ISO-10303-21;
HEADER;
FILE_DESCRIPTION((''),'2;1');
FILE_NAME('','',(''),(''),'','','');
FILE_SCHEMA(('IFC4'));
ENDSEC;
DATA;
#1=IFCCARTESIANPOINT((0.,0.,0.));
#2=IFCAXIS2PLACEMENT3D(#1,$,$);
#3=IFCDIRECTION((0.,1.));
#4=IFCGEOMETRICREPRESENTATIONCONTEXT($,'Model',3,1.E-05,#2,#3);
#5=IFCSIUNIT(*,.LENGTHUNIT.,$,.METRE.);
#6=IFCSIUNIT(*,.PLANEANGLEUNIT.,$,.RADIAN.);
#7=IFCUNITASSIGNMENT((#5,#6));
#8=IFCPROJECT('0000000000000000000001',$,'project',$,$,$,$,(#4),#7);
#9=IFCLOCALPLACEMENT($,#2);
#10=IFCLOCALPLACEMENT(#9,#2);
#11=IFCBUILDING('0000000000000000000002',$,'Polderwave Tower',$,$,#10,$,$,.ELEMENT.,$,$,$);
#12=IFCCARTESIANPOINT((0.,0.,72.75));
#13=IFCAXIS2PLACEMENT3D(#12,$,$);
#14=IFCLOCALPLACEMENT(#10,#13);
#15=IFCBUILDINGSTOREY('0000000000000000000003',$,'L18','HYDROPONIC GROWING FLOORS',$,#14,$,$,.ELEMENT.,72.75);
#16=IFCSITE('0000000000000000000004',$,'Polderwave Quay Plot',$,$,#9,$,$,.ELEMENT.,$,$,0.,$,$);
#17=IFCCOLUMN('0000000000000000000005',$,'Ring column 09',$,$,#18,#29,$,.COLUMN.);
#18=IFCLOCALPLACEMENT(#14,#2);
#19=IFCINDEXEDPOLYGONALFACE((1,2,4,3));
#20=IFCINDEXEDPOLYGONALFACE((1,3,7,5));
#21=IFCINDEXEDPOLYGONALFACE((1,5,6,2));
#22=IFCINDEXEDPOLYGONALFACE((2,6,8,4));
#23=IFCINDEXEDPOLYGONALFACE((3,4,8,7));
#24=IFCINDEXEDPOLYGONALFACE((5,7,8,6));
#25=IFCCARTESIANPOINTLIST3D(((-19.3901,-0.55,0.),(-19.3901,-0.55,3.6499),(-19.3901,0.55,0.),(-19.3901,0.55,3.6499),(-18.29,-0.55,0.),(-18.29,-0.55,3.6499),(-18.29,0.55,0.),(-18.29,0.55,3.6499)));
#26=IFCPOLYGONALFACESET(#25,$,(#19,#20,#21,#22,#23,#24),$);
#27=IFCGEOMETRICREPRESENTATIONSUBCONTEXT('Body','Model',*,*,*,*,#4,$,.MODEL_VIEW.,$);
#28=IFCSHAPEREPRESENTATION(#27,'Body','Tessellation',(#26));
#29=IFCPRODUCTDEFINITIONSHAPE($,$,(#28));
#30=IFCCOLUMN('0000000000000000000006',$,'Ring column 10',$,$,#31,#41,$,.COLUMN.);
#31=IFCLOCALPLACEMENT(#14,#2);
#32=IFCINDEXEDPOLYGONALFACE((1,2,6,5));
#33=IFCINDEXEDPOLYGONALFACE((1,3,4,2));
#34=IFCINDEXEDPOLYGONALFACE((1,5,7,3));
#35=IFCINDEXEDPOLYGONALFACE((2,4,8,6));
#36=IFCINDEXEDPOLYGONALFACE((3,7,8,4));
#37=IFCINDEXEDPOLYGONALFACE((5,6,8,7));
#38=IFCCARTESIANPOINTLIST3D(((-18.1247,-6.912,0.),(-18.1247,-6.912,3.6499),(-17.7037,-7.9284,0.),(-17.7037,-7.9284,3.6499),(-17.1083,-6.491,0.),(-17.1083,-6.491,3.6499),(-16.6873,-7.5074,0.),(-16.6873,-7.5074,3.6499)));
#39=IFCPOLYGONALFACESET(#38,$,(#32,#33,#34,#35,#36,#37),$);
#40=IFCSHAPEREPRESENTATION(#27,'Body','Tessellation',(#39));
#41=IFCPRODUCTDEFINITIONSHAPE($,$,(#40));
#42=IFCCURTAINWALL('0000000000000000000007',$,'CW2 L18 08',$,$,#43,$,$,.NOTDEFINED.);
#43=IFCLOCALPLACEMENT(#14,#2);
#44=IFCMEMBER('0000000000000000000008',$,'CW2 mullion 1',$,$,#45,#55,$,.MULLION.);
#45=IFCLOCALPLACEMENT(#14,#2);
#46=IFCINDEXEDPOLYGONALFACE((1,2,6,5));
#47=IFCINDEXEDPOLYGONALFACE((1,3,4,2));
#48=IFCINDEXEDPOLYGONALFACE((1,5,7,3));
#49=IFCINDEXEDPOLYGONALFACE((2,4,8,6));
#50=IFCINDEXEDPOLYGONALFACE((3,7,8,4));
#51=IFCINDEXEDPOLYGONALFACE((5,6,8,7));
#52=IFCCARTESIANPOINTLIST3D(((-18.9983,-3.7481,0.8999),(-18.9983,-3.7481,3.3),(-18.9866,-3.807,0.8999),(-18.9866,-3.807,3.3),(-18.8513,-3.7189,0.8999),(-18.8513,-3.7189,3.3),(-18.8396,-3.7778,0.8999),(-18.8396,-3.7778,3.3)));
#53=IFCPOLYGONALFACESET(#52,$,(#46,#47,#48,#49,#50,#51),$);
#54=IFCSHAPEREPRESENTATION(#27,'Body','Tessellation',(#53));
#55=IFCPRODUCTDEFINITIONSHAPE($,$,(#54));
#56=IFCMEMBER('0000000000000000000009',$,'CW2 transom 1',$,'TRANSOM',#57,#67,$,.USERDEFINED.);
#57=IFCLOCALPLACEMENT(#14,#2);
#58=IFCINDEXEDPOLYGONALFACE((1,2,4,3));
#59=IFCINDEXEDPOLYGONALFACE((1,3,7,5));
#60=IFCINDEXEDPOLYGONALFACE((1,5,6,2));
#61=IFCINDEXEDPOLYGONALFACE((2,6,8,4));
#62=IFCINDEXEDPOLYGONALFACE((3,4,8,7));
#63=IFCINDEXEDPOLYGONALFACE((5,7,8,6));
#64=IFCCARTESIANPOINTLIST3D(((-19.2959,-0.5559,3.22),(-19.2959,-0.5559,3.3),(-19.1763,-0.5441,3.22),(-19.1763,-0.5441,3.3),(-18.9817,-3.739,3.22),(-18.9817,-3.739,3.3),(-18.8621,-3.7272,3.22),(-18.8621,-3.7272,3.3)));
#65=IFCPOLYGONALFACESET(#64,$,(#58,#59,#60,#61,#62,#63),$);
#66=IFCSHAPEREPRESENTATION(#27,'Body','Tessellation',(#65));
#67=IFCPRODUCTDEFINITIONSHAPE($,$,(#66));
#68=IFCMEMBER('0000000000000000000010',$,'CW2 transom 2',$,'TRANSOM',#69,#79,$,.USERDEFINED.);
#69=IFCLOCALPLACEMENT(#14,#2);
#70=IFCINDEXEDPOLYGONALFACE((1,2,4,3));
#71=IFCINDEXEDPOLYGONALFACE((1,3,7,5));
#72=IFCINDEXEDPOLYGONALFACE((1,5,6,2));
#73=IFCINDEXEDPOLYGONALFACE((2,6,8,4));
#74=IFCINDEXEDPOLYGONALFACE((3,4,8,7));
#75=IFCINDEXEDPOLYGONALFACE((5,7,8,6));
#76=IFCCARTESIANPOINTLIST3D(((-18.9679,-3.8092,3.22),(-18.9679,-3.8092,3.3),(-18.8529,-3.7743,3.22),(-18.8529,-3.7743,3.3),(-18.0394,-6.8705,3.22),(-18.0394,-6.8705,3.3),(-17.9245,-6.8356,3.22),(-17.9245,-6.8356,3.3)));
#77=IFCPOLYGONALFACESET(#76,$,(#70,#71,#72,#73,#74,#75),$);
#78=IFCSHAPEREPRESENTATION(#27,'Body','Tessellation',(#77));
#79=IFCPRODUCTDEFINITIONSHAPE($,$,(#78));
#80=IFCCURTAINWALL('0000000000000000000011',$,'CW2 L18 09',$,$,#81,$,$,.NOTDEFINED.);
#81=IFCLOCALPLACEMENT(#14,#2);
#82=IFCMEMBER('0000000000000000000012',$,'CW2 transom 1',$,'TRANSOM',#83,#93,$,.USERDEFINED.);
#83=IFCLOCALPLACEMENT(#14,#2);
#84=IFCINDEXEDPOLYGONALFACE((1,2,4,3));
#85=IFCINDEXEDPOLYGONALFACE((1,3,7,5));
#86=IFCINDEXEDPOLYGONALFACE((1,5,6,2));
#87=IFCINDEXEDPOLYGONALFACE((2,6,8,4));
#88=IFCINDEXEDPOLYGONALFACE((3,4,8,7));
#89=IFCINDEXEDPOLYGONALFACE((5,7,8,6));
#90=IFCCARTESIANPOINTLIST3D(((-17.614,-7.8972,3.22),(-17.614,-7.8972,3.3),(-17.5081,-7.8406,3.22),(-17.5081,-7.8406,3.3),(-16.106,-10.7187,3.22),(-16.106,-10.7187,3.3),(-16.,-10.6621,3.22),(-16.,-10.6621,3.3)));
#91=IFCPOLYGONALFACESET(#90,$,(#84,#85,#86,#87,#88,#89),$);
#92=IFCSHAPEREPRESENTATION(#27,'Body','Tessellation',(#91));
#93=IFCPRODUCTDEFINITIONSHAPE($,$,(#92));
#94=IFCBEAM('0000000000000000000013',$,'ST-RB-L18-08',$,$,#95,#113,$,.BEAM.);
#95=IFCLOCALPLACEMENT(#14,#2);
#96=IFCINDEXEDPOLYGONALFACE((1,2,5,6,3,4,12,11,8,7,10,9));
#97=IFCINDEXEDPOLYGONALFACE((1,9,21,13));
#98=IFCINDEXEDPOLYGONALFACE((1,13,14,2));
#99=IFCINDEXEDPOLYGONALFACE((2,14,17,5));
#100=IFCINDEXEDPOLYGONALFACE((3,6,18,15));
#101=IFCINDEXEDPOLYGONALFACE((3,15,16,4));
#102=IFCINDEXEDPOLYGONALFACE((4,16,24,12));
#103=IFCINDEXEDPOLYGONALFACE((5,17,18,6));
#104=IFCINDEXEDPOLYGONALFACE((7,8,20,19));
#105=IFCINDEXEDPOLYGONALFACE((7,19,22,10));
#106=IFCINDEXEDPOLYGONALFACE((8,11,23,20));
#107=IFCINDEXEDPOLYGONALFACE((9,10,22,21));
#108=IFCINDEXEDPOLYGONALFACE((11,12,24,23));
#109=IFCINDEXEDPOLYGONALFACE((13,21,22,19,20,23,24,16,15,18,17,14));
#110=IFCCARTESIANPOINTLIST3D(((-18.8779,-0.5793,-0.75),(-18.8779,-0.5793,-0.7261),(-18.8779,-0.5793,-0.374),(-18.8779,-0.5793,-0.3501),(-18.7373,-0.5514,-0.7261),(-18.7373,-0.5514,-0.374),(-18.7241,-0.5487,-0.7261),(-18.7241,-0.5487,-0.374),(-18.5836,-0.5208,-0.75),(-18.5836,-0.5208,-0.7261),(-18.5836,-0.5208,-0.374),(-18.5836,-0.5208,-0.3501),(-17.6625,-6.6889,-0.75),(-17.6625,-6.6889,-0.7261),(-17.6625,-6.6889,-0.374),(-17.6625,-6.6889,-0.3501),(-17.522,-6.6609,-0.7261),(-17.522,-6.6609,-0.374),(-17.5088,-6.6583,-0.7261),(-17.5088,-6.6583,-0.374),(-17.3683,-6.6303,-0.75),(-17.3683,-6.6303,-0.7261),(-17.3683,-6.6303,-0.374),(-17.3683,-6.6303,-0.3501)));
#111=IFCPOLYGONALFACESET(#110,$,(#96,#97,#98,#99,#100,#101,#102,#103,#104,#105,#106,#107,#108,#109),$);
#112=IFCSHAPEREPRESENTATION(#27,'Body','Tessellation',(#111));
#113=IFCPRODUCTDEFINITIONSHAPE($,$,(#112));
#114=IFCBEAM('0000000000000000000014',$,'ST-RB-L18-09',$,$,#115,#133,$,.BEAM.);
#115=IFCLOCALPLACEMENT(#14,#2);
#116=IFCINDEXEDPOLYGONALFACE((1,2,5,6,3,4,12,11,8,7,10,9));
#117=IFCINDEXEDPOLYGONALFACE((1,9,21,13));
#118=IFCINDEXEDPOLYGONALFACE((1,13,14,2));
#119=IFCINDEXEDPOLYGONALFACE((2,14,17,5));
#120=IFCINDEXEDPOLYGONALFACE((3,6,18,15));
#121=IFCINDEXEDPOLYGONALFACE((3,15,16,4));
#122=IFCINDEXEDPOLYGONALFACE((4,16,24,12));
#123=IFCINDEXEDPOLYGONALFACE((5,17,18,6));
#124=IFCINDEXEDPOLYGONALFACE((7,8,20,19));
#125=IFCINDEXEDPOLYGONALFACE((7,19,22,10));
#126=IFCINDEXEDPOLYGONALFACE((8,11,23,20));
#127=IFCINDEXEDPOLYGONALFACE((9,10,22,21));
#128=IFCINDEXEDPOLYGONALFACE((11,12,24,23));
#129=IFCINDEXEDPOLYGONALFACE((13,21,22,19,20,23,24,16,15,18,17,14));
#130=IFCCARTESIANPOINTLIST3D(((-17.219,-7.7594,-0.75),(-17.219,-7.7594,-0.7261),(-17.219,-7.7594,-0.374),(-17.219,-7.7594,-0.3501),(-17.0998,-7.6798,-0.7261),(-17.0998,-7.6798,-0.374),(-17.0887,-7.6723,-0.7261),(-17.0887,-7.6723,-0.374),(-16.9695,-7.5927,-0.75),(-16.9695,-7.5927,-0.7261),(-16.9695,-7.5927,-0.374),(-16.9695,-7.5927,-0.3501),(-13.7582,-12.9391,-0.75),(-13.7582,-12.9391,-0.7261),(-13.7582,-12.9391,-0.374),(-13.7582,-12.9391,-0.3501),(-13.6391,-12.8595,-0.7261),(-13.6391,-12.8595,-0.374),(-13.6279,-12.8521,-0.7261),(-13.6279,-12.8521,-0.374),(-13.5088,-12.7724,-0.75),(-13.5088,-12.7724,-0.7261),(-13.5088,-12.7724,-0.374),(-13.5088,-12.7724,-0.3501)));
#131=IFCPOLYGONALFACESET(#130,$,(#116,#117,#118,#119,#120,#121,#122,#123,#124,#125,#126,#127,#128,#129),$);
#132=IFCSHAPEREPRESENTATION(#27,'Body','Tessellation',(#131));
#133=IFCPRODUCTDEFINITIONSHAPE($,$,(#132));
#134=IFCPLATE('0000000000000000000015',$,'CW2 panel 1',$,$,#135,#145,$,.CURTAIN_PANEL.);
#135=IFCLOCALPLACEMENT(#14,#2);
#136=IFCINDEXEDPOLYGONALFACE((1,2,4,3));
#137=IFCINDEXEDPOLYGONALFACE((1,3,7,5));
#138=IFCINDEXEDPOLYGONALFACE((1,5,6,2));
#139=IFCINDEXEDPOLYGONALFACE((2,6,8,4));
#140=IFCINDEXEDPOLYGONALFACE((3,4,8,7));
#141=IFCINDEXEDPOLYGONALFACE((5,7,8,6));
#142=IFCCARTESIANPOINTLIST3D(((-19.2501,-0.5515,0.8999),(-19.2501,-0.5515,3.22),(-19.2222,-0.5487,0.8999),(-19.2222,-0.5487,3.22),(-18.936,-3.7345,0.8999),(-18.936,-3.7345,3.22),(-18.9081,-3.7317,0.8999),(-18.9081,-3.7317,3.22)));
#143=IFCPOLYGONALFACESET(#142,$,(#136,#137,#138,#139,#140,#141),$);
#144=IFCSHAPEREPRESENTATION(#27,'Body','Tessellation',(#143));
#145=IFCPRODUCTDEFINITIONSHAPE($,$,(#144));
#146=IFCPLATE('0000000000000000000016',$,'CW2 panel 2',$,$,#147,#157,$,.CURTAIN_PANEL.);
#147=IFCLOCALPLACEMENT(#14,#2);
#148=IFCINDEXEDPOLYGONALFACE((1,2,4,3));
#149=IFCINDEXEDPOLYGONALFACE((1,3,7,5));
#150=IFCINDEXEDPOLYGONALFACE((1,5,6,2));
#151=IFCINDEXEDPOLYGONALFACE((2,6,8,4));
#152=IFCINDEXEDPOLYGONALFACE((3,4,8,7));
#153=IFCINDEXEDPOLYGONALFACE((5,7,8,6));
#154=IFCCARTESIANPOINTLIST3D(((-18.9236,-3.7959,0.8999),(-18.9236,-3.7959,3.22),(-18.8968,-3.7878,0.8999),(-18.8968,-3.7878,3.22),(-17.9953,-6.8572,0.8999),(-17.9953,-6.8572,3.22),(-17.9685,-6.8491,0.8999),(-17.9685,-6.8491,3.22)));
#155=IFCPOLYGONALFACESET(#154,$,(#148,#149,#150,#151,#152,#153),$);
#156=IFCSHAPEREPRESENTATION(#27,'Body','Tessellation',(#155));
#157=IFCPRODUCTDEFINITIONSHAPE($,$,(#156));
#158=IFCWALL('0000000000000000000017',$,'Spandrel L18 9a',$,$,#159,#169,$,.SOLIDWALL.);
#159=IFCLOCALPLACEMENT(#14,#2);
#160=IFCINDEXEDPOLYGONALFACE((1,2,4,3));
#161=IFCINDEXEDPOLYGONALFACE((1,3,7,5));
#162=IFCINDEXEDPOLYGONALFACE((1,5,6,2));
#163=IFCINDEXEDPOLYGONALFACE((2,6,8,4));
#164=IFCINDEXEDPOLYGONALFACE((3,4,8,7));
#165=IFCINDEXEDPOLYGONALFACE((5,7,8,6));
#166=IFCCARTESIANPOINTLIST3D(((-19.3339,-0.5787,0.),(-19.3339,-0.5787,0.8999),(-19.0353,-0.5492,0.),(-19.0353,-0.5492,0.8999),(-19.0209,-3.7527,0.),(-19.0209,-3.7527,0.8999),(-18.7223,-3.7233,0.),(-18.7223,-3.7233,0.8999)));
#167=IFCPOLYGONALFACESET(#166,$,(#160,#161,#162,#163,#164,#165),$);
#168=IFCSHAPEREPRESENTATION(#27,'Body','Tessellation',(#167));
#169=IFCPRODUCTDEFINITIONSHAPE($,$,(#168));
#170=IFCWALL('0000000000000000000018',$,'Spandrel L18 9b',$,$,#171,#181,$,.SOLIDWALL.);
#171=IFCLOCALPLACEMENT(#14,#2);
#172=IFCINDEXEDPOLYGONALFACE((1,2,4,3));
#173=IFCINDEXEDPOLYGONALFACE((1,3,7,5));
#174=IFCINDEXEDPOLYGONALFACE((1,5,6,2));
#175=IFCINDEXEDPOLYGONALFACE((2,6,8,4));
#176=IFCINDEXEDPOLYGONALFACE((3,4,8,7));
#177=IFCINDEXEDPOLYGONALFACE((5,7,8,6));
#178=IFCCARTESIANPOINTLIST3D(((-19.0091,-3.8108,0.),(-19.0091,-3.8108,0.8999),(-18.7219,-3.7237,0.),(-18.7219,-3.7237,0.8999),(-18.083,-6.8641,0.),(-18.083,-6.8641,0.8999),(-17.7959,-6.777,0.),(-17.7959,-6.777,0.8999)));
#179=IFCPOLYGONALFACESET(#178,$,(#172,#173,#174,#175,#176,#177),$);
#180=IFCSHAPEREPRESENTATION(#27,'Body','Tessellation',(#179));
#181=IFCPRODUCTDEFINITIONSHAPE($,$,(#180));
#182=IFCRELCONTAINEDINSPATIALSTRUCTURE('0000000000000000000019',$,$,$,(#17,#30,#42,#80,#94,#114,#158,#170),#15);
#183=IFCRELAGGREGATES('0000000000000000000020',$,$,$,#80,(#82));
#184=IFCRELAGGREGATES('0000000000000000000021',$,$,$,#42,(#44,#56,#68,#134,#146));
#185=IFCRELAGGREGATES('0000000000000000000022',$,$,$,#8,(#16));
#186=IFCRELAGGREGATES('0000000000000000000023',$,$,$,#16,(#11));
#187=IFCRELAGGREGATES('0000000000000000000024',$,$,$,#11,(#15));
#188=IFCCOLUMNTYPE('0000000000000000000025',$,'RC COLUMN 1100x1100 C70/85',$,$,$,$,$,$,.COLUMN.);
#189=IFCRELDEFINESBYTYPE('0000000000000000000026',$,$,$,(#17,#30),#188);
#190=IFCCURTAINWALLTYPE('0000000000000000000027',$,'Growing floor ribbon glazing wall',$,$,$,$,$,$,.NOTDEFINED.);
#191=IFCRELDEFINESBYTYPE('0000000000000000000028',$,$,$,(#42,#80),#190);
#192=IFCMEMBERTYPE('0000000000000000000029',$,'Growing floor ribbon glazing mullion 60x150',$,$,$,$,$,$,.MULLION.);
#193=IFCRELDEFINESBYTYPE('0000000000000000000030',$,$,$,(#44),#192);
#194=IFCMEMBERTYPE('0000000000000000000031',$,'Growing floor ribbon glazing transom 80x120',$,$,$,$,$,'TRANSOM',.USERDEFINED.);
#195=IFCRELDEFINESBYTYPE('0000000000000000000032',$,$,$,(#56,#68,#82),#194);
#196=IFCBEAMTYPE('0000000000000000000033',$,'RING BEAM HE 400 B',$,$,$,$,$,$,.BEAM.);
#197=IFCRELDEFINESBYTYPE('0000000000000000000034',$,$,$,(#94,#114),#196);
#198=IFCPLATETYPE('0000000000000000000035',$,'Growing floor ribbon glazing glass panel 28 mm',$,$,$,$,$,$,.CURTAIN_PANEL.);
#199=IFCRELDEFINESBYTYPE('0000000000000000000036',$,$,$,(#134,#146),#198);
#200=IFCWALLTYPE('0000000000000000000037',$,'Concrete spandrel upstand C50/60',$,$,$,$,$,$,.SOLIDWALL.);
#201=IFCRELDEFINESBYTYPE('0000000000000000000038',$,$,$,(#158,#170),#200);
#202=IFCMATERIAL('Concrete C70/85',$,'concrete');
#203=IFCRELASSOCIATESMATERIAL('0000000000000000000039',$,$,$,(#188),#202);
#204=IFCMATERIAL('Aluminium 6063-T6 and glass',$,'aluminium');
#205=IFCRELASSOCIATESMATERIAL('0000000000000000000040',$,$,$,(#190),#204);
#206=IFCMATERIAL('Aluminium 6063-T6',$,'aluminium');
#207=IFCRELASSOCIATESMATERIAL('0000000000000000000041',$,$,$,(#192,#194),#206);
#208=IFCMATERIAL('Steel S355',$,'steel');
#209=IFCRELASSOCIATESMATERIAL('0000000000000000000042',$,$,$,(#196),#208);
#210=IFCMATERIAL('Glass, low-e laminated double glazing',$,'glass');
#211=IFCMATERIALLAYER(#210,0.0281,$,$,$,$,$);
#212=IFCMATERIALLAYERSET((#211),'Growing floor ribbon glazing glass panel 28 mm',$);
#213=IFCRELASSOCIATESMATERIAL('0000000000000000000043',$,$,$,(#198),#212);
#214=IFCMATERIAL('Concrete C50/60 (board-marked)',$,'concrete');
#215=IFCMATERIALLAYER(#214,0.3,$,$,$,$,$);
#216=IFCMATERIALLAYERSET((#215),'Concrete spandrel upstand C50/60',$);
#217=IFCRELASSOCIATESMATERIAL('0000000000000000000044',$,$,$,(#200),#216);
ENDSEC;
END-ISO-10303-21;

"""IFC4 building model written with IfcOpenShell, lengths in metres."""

from ifc_helpers import new_model, si_unit, direction, frame, frame_2d, origin, origin_2d, place, context, subcontext, project, spatial, rectangle, i_section, extrude, material, layer, layer_set, material_profile, profile_set, type_object, element, aggregate, save


model = new_model("IFC4")

# Units and contexts
model_context = context("Model", 3, precision=1e-05, world=origin(), true_north=direction((0.0, 1.0)))
body_context = subcontext(model_context, "Body", "Model", "MODEL_VIEW")
ifc_project = project(units=[si_unit("LENGTHUNIT", "METRE"), si_unit("PLANEANGLEUNIT", "RADIAN")], contexts=[model_context])

# Site, building, storey
site_placement = place(None, origin())
site = spatial("IfcSite", under=ifc_project, at=site_placement, Name="Polderwave Quay Plot", CompositionType="ELEMENT", RefElevation=0.0)
building_placement = place(site_placement, origin())
building = spatial("IfcBuilding", under=site, at=building_placement, Name="Polderwave Tower", CompositionType="ELEMENT")
storey_placement = place(building_placement, frame((0.0, 0.0, 72.75)))
storey = spatial("IfcBuildingStorey", under=building, at=storey_placement, Name="L18", Description="HYDROPONIC GROWING FLOORS", CompositionType="ELEMENT", Elevation=72.75)

# Columns
ifc_material_1 = material(Name="Concrete C70/85", Category="concrete")
ifc_material_profile_1 = material_profile(ifc_material_1, rectangle(XDim=1.1001, YDim=1.1001, at=origin_2d()), Name="RC 1100x1100")
ifc_profile_set_1 = profile_set([ifc_material_profile_1], Name="Concrete C70/85")
column_type = type_object("IfcColumnType", Name="RC COLUMN 1100x1100 C70/85", PredefinedType="COLUMN", material=ifc_profile_set_1)
for number, where, z_axis, x_axis, name in (
    (1, (-18.8401, 0.0, 0.0), (0.0, 0.0, 1.0), (-1.0, 0.0, 0.0), "Ring column 09"),
    (2, (-17.406, -7.2097, 0.0), (0.0, 0.0, 1.0), (-0.92388, -0.382683, 0.0), "Ring column 10"),
):
    element("IfcColumn", number, at=place(storey_placement, frame(where, z_axis=z_axis, x_axis=x_axis)), inside=storey, type_object=column_type, Name=name, PredefinedType="COLUMN", context=body_context, shape_type="SweptSolid", body=[
        extrude(rectangle(XDim=1.1001, YDim=1.1001, at=origin_2d()), origin(), (0.0, 0.0, 1.0), 3.6499),
    ])

# Curtain wall, members
ifc_material_2 = material(Name="Aluminium 6063-T6 and glass", Category="aluminium")
curtain_wall_type = type_object("IfcCurtainWallType", Name="Growing floor ribbon glazing wall", PredefinedType="NOTDEFINED", material=ifc_material_2)
curtain_wall_1_placement = place(storey_placement, origin())
curtain_wall_1 = element("IfcCurtainWall", 3, at=curtain_wall_1_placement, inside=storey, type_object=curtain_wall_type, Name="CW2 L18 08", PredefinedType="NOTDEFINED")
ifc_material_3 = material(Name="Aluminium 6063-T6", Category="aluminium")
ifc_material_profile_2 = material_profile(ifc_material_3, rectangle(XDim=0.1499, YDim=0.0601, at=origin_2d()), Name="AL 60x150")
ifc_profile_set_2 = profile_set([ifc_material_profile_2], Name="Aluminium 6063-T6")
member_type_1 = type_object("IfcMemberType", Name="Growing floor ribbon glazing mullion 60x150", PredefinedType="MULLION", material=ifc_profile_set_2)
member_1_placement = place(storey_placement, frame((-18.9189, -3.7629, 0.8999), z_axis=(0.0, 0.0, 1.0), x_axis=(0.980779, 0.195123, 0.0)))
member_1 = element("IfcMember", 4, at=member_1_placement, type_object=member_type_1, Name="CW2 mullion 1", PredefinedType="MULLION", context=body_context, shape_type="SweptSolid", body=[
    extrude(rectangle(XDim=0.1499, YDim=0.0601, at=origin_2d()), origin(), (0.0, 0.0, 1.0), 2.4001),
])
ifc_material_profile_3 = material_profile(ifc_material_3, rectangle(XDim=0.1201, YDim=0.0801, at=origin_2d()), Name="AL 80x120")
ifc_profile_set_3 = profile_set([ifc_material_profile_3], Name="Aluminium 6063-T6")
member_type_2 = type_object("IfcMemberType", Name="Growing floor ribbon glazing transom 80x120", ElementType="TRANSOM", PredefinedType="USERDEFINED", material=ifc_profile_set_3)
member_2_placement = place(storey_placement, frame((-19.2361, -0.55, 3.26), z_axis=(0.098234, -0.995163, 0.0), x_axis=(0.995163, 0.098234, 0.0)))
member_2 = element("IfcMember", 5, at=member_2_placement, type_object=member_type_2, Name="CW2 transom 1", ObjectType="TRANSOM", PredefinedType="USERDEFINED", context=body_context, shape_type="SweptSolid", body=[
    extrude(rectangle(XDim=0.1201, YDim=0.0801, at=origin_2d()), origin(), (0.0, 0.0, 1.0), 3.1985),
])
member_3_placement = place(storey_placement, frame((-18.9104, -3.7917, 3.26), z_axis=(0.290238, -0.956954, 0.0), x_axis=(0.956954, 0.290238, 0.0)))
member_3 = element("IfcMember", 6, at=member_3_placement, type_object=member_type_2, Name="CW2 transom 2", ObjectType="TRANSOM", PredefinedType="USERDEFINED", context=body_context, shape_type="SweptSolid", body=[
    extrude(rectangle(XDim=0.1201, YDim=0.0801, at=origin_2d()), origin(), (0.0, 0.0, 1.0), 3.199),
])

# Curtain wall, member
curtain_wall_2_placement = place(storey_placement, origin())
curtain_wall_2 = element("IfcCurtainWall", 7, at=curtain_wall_2_placement, inside=storey, type_object=curtain_wall_type, Name="CW2 L18 09", PredefinedType="NOTDEFINED")
member_4_placement = place(storey_placement, frame((-17.561, -7.8689, 3.26), z_axis=(0.471376, -0.881932, 0.0), x_axis=(0.881932, 0.471376, 0.0)))
member_4 = element("IfcMember", 8, at=member_4_placement, type_object=member_type_2, Name="CW2 transom 1", ObjectType="TRANSOM", PredefinedType="USERDEFINED", context=body_context, shape_type="SweptSolid", body=[
    extrude(rectangle(XDim=0.1201, YDim=0.0801, at=origin_2d()), origin(), (0.0, 0.0, 1.0), 3.1992),
])
aggregate(curtain_wall_2, [member_4])

# Beams
ifc_material_4 = material(Name="Steel S355", Category="steel")
ifc_material_profile_4 = material_profile(ifc_material_4, i_section(OverallWidth=0.3, OverallDepth=0.3999, WebThickness=0.0134, FlangeThickness=0.0239, at=origin_2d()), Name="HE 400 B")
ifc_profile_set_4 = profile_set([ifc_material_profile_4], Name="Steel S355")
beam_type = type_object("IfcBeamType", Name="RING BEAM HE 400 B", PredefinedType="BEAM", material=ifc_profile_set_4)
beam_1_placement = place(storey_placement, frame((-18.7307, -0.55, -0.55), z_axis=(0.195099, -0.980784, 0.0), x_axis=(0.980784, 0.195099, 0.0)))
element("IfcBeam", 9, at=beam_1_placement, inside=storey, type_object=beam_type, Name="ST-RB-L18-08", PredefinedType="BEAM", context=body_context, shape_type="SweptSolid", body=[
    extrude(i_section(OverallWidth=0.3, OverallDepth=0.3999, WebThickness=0.0134, FlangeThickness=0.0239, at=origin_2d()), origin(), (0.0, 0.0, 1.0), 6.2292),
])
beam_2_placement = place(storey_placement, frame((-17.0942, -7.676, -0.55), z_axis=(0.555541, -0.831489, 0.0), x_axis=(0.831489, 0.555541, 0.0)))
element("IfcBeam", 10, at=beam_2_placement, inside=storey, type_object=beam_type, Name="ST-RB-L18-09", PredefinedType="BEAM", context=body_context, shape_type="SweptSolid", body=[
    extrude(i_section(OverallWidth=0.3, OverallDepth=0.3999, WebThickness=0.0134, FlangeThickness=0.0239, at=origin_2d()), origin(), (0.0, 0.0, 1.0), 6.2295),
])

# Plates
ifc_material_5 = material(Name="Glass, low-e laminated double glazing", Category="glass")
ifc_layer_1 = layer(ifc_material_5, 0.0281)
ifc_layer_set_1 = layer_set([ifc_layer_1], Name="Growing floor ribbon glazing glass panel 28 mm")
plate_type = type_object("IfcPlateType", Name="Growing floor ribbon glazing glass panel 28 mm", PredefinedType="CURTAIN_PANEL", material=ifc_layer_set_1)
plate_1_placement = place(storey_placement, frame((-19.0791, -2.1416, 0.8999), z_axis=(0.0, 0.0, 1.0), x_axis=(0.098186, -0.995168, 0.0)))
plate_1 = element("IfcPlate", 11, at=plate_1_placement, type_object=plate_type, Name="CW2 panel 1", PredefinedType="CURTAIN_PANEL", context=body_context, shape_type="SweptSolid", body=[
    extrude(rectangle(XDim=3.1985, YDim=0.0281, at=origin_2d()), origin(), (0.0, 0.0, 1.0), 2.3201),
])
plate_2_placement = place(storey_placement, frame((-18.446, -5.3225, 0.8999), z_axis=(0.0, 0.0, 1.0), x_axis=(0.290188, -0.95697, 0.0)))
plate_2 = element("IfcPlate", 12, at=plate_2_placement, type_object=plate_type, Name="CW2 panel 2", PredefinedType="CURTAIN_PANEL", context=body_context, shape_type="SweptSolid", body=[
    extrude(rectangle(XDim=3.199, YDim=0.0281, at=origin_2d()), origin(), (0.0, 0.0, 1.0), 2.3201),
])
aggregate(curtain_wall_1, [member_1, member_2, member_3, plate_1, plate_2])

# Walls
ifc_material_6 = material(Name="Concrete C50/60 (board-marked)", Category="concrete")
ifc_layer_2 = layer(ifc_material_6, 0.3)
ifc_layer_set_2 = layer_set([ifc_layer_2], Name="Concrete spandrel upstand C50/60")
wall_type_1 = type_object("IfcWallType", Name="Concrete spandrel upstand C50/60", PredefinedType="SOLIDWALL", material=ifc_layer_set_2)
wall_1_placement = place(storey_placement, frame((-19.1846, -0.564, 0.0), z_axis=(0.0, 0.0, 1.0), x_axis=(0.098132, -0.995173, 0.0)))
element("IfcWall", 13, at=wall_1_placement, inside=storey, type_object=wall_type_1, Name="Spandrel L18 9a", PredefinedType="SOLIDWALL", context=body_context, shape_type="SweptSolid", body=[
    extrude(rectangle(XDim=3.1895, YDim=0.3, at=frame_2d((1.5947, 0.0))), origin(), (0.0, 0.0, 1.0), 0.8999),
])
wall_2_placement = place(storey_placement, frame((-18.8655, -3.7673, 0.0), z_axis=(0.0, 0.0, 1.0), x_axis=(0.290239, -0.956954, 0.0)))
element("IfcWall", 14, at=wall_2_placement, inside=storey, type_object=wall_type_1, Name="Spandrel L18 9b", PredefinedType="SOLIDWALL", context=body_context, shape_type="SweptSolid", body=[
    extrude(rectangle(XDim=3.1907, YDim=0.3, at=frame_2d((1.5952, 0.0))), origin(), (0.0, 0.0, 1.0), 0.8999),
])

save(model, "model.ifc")
